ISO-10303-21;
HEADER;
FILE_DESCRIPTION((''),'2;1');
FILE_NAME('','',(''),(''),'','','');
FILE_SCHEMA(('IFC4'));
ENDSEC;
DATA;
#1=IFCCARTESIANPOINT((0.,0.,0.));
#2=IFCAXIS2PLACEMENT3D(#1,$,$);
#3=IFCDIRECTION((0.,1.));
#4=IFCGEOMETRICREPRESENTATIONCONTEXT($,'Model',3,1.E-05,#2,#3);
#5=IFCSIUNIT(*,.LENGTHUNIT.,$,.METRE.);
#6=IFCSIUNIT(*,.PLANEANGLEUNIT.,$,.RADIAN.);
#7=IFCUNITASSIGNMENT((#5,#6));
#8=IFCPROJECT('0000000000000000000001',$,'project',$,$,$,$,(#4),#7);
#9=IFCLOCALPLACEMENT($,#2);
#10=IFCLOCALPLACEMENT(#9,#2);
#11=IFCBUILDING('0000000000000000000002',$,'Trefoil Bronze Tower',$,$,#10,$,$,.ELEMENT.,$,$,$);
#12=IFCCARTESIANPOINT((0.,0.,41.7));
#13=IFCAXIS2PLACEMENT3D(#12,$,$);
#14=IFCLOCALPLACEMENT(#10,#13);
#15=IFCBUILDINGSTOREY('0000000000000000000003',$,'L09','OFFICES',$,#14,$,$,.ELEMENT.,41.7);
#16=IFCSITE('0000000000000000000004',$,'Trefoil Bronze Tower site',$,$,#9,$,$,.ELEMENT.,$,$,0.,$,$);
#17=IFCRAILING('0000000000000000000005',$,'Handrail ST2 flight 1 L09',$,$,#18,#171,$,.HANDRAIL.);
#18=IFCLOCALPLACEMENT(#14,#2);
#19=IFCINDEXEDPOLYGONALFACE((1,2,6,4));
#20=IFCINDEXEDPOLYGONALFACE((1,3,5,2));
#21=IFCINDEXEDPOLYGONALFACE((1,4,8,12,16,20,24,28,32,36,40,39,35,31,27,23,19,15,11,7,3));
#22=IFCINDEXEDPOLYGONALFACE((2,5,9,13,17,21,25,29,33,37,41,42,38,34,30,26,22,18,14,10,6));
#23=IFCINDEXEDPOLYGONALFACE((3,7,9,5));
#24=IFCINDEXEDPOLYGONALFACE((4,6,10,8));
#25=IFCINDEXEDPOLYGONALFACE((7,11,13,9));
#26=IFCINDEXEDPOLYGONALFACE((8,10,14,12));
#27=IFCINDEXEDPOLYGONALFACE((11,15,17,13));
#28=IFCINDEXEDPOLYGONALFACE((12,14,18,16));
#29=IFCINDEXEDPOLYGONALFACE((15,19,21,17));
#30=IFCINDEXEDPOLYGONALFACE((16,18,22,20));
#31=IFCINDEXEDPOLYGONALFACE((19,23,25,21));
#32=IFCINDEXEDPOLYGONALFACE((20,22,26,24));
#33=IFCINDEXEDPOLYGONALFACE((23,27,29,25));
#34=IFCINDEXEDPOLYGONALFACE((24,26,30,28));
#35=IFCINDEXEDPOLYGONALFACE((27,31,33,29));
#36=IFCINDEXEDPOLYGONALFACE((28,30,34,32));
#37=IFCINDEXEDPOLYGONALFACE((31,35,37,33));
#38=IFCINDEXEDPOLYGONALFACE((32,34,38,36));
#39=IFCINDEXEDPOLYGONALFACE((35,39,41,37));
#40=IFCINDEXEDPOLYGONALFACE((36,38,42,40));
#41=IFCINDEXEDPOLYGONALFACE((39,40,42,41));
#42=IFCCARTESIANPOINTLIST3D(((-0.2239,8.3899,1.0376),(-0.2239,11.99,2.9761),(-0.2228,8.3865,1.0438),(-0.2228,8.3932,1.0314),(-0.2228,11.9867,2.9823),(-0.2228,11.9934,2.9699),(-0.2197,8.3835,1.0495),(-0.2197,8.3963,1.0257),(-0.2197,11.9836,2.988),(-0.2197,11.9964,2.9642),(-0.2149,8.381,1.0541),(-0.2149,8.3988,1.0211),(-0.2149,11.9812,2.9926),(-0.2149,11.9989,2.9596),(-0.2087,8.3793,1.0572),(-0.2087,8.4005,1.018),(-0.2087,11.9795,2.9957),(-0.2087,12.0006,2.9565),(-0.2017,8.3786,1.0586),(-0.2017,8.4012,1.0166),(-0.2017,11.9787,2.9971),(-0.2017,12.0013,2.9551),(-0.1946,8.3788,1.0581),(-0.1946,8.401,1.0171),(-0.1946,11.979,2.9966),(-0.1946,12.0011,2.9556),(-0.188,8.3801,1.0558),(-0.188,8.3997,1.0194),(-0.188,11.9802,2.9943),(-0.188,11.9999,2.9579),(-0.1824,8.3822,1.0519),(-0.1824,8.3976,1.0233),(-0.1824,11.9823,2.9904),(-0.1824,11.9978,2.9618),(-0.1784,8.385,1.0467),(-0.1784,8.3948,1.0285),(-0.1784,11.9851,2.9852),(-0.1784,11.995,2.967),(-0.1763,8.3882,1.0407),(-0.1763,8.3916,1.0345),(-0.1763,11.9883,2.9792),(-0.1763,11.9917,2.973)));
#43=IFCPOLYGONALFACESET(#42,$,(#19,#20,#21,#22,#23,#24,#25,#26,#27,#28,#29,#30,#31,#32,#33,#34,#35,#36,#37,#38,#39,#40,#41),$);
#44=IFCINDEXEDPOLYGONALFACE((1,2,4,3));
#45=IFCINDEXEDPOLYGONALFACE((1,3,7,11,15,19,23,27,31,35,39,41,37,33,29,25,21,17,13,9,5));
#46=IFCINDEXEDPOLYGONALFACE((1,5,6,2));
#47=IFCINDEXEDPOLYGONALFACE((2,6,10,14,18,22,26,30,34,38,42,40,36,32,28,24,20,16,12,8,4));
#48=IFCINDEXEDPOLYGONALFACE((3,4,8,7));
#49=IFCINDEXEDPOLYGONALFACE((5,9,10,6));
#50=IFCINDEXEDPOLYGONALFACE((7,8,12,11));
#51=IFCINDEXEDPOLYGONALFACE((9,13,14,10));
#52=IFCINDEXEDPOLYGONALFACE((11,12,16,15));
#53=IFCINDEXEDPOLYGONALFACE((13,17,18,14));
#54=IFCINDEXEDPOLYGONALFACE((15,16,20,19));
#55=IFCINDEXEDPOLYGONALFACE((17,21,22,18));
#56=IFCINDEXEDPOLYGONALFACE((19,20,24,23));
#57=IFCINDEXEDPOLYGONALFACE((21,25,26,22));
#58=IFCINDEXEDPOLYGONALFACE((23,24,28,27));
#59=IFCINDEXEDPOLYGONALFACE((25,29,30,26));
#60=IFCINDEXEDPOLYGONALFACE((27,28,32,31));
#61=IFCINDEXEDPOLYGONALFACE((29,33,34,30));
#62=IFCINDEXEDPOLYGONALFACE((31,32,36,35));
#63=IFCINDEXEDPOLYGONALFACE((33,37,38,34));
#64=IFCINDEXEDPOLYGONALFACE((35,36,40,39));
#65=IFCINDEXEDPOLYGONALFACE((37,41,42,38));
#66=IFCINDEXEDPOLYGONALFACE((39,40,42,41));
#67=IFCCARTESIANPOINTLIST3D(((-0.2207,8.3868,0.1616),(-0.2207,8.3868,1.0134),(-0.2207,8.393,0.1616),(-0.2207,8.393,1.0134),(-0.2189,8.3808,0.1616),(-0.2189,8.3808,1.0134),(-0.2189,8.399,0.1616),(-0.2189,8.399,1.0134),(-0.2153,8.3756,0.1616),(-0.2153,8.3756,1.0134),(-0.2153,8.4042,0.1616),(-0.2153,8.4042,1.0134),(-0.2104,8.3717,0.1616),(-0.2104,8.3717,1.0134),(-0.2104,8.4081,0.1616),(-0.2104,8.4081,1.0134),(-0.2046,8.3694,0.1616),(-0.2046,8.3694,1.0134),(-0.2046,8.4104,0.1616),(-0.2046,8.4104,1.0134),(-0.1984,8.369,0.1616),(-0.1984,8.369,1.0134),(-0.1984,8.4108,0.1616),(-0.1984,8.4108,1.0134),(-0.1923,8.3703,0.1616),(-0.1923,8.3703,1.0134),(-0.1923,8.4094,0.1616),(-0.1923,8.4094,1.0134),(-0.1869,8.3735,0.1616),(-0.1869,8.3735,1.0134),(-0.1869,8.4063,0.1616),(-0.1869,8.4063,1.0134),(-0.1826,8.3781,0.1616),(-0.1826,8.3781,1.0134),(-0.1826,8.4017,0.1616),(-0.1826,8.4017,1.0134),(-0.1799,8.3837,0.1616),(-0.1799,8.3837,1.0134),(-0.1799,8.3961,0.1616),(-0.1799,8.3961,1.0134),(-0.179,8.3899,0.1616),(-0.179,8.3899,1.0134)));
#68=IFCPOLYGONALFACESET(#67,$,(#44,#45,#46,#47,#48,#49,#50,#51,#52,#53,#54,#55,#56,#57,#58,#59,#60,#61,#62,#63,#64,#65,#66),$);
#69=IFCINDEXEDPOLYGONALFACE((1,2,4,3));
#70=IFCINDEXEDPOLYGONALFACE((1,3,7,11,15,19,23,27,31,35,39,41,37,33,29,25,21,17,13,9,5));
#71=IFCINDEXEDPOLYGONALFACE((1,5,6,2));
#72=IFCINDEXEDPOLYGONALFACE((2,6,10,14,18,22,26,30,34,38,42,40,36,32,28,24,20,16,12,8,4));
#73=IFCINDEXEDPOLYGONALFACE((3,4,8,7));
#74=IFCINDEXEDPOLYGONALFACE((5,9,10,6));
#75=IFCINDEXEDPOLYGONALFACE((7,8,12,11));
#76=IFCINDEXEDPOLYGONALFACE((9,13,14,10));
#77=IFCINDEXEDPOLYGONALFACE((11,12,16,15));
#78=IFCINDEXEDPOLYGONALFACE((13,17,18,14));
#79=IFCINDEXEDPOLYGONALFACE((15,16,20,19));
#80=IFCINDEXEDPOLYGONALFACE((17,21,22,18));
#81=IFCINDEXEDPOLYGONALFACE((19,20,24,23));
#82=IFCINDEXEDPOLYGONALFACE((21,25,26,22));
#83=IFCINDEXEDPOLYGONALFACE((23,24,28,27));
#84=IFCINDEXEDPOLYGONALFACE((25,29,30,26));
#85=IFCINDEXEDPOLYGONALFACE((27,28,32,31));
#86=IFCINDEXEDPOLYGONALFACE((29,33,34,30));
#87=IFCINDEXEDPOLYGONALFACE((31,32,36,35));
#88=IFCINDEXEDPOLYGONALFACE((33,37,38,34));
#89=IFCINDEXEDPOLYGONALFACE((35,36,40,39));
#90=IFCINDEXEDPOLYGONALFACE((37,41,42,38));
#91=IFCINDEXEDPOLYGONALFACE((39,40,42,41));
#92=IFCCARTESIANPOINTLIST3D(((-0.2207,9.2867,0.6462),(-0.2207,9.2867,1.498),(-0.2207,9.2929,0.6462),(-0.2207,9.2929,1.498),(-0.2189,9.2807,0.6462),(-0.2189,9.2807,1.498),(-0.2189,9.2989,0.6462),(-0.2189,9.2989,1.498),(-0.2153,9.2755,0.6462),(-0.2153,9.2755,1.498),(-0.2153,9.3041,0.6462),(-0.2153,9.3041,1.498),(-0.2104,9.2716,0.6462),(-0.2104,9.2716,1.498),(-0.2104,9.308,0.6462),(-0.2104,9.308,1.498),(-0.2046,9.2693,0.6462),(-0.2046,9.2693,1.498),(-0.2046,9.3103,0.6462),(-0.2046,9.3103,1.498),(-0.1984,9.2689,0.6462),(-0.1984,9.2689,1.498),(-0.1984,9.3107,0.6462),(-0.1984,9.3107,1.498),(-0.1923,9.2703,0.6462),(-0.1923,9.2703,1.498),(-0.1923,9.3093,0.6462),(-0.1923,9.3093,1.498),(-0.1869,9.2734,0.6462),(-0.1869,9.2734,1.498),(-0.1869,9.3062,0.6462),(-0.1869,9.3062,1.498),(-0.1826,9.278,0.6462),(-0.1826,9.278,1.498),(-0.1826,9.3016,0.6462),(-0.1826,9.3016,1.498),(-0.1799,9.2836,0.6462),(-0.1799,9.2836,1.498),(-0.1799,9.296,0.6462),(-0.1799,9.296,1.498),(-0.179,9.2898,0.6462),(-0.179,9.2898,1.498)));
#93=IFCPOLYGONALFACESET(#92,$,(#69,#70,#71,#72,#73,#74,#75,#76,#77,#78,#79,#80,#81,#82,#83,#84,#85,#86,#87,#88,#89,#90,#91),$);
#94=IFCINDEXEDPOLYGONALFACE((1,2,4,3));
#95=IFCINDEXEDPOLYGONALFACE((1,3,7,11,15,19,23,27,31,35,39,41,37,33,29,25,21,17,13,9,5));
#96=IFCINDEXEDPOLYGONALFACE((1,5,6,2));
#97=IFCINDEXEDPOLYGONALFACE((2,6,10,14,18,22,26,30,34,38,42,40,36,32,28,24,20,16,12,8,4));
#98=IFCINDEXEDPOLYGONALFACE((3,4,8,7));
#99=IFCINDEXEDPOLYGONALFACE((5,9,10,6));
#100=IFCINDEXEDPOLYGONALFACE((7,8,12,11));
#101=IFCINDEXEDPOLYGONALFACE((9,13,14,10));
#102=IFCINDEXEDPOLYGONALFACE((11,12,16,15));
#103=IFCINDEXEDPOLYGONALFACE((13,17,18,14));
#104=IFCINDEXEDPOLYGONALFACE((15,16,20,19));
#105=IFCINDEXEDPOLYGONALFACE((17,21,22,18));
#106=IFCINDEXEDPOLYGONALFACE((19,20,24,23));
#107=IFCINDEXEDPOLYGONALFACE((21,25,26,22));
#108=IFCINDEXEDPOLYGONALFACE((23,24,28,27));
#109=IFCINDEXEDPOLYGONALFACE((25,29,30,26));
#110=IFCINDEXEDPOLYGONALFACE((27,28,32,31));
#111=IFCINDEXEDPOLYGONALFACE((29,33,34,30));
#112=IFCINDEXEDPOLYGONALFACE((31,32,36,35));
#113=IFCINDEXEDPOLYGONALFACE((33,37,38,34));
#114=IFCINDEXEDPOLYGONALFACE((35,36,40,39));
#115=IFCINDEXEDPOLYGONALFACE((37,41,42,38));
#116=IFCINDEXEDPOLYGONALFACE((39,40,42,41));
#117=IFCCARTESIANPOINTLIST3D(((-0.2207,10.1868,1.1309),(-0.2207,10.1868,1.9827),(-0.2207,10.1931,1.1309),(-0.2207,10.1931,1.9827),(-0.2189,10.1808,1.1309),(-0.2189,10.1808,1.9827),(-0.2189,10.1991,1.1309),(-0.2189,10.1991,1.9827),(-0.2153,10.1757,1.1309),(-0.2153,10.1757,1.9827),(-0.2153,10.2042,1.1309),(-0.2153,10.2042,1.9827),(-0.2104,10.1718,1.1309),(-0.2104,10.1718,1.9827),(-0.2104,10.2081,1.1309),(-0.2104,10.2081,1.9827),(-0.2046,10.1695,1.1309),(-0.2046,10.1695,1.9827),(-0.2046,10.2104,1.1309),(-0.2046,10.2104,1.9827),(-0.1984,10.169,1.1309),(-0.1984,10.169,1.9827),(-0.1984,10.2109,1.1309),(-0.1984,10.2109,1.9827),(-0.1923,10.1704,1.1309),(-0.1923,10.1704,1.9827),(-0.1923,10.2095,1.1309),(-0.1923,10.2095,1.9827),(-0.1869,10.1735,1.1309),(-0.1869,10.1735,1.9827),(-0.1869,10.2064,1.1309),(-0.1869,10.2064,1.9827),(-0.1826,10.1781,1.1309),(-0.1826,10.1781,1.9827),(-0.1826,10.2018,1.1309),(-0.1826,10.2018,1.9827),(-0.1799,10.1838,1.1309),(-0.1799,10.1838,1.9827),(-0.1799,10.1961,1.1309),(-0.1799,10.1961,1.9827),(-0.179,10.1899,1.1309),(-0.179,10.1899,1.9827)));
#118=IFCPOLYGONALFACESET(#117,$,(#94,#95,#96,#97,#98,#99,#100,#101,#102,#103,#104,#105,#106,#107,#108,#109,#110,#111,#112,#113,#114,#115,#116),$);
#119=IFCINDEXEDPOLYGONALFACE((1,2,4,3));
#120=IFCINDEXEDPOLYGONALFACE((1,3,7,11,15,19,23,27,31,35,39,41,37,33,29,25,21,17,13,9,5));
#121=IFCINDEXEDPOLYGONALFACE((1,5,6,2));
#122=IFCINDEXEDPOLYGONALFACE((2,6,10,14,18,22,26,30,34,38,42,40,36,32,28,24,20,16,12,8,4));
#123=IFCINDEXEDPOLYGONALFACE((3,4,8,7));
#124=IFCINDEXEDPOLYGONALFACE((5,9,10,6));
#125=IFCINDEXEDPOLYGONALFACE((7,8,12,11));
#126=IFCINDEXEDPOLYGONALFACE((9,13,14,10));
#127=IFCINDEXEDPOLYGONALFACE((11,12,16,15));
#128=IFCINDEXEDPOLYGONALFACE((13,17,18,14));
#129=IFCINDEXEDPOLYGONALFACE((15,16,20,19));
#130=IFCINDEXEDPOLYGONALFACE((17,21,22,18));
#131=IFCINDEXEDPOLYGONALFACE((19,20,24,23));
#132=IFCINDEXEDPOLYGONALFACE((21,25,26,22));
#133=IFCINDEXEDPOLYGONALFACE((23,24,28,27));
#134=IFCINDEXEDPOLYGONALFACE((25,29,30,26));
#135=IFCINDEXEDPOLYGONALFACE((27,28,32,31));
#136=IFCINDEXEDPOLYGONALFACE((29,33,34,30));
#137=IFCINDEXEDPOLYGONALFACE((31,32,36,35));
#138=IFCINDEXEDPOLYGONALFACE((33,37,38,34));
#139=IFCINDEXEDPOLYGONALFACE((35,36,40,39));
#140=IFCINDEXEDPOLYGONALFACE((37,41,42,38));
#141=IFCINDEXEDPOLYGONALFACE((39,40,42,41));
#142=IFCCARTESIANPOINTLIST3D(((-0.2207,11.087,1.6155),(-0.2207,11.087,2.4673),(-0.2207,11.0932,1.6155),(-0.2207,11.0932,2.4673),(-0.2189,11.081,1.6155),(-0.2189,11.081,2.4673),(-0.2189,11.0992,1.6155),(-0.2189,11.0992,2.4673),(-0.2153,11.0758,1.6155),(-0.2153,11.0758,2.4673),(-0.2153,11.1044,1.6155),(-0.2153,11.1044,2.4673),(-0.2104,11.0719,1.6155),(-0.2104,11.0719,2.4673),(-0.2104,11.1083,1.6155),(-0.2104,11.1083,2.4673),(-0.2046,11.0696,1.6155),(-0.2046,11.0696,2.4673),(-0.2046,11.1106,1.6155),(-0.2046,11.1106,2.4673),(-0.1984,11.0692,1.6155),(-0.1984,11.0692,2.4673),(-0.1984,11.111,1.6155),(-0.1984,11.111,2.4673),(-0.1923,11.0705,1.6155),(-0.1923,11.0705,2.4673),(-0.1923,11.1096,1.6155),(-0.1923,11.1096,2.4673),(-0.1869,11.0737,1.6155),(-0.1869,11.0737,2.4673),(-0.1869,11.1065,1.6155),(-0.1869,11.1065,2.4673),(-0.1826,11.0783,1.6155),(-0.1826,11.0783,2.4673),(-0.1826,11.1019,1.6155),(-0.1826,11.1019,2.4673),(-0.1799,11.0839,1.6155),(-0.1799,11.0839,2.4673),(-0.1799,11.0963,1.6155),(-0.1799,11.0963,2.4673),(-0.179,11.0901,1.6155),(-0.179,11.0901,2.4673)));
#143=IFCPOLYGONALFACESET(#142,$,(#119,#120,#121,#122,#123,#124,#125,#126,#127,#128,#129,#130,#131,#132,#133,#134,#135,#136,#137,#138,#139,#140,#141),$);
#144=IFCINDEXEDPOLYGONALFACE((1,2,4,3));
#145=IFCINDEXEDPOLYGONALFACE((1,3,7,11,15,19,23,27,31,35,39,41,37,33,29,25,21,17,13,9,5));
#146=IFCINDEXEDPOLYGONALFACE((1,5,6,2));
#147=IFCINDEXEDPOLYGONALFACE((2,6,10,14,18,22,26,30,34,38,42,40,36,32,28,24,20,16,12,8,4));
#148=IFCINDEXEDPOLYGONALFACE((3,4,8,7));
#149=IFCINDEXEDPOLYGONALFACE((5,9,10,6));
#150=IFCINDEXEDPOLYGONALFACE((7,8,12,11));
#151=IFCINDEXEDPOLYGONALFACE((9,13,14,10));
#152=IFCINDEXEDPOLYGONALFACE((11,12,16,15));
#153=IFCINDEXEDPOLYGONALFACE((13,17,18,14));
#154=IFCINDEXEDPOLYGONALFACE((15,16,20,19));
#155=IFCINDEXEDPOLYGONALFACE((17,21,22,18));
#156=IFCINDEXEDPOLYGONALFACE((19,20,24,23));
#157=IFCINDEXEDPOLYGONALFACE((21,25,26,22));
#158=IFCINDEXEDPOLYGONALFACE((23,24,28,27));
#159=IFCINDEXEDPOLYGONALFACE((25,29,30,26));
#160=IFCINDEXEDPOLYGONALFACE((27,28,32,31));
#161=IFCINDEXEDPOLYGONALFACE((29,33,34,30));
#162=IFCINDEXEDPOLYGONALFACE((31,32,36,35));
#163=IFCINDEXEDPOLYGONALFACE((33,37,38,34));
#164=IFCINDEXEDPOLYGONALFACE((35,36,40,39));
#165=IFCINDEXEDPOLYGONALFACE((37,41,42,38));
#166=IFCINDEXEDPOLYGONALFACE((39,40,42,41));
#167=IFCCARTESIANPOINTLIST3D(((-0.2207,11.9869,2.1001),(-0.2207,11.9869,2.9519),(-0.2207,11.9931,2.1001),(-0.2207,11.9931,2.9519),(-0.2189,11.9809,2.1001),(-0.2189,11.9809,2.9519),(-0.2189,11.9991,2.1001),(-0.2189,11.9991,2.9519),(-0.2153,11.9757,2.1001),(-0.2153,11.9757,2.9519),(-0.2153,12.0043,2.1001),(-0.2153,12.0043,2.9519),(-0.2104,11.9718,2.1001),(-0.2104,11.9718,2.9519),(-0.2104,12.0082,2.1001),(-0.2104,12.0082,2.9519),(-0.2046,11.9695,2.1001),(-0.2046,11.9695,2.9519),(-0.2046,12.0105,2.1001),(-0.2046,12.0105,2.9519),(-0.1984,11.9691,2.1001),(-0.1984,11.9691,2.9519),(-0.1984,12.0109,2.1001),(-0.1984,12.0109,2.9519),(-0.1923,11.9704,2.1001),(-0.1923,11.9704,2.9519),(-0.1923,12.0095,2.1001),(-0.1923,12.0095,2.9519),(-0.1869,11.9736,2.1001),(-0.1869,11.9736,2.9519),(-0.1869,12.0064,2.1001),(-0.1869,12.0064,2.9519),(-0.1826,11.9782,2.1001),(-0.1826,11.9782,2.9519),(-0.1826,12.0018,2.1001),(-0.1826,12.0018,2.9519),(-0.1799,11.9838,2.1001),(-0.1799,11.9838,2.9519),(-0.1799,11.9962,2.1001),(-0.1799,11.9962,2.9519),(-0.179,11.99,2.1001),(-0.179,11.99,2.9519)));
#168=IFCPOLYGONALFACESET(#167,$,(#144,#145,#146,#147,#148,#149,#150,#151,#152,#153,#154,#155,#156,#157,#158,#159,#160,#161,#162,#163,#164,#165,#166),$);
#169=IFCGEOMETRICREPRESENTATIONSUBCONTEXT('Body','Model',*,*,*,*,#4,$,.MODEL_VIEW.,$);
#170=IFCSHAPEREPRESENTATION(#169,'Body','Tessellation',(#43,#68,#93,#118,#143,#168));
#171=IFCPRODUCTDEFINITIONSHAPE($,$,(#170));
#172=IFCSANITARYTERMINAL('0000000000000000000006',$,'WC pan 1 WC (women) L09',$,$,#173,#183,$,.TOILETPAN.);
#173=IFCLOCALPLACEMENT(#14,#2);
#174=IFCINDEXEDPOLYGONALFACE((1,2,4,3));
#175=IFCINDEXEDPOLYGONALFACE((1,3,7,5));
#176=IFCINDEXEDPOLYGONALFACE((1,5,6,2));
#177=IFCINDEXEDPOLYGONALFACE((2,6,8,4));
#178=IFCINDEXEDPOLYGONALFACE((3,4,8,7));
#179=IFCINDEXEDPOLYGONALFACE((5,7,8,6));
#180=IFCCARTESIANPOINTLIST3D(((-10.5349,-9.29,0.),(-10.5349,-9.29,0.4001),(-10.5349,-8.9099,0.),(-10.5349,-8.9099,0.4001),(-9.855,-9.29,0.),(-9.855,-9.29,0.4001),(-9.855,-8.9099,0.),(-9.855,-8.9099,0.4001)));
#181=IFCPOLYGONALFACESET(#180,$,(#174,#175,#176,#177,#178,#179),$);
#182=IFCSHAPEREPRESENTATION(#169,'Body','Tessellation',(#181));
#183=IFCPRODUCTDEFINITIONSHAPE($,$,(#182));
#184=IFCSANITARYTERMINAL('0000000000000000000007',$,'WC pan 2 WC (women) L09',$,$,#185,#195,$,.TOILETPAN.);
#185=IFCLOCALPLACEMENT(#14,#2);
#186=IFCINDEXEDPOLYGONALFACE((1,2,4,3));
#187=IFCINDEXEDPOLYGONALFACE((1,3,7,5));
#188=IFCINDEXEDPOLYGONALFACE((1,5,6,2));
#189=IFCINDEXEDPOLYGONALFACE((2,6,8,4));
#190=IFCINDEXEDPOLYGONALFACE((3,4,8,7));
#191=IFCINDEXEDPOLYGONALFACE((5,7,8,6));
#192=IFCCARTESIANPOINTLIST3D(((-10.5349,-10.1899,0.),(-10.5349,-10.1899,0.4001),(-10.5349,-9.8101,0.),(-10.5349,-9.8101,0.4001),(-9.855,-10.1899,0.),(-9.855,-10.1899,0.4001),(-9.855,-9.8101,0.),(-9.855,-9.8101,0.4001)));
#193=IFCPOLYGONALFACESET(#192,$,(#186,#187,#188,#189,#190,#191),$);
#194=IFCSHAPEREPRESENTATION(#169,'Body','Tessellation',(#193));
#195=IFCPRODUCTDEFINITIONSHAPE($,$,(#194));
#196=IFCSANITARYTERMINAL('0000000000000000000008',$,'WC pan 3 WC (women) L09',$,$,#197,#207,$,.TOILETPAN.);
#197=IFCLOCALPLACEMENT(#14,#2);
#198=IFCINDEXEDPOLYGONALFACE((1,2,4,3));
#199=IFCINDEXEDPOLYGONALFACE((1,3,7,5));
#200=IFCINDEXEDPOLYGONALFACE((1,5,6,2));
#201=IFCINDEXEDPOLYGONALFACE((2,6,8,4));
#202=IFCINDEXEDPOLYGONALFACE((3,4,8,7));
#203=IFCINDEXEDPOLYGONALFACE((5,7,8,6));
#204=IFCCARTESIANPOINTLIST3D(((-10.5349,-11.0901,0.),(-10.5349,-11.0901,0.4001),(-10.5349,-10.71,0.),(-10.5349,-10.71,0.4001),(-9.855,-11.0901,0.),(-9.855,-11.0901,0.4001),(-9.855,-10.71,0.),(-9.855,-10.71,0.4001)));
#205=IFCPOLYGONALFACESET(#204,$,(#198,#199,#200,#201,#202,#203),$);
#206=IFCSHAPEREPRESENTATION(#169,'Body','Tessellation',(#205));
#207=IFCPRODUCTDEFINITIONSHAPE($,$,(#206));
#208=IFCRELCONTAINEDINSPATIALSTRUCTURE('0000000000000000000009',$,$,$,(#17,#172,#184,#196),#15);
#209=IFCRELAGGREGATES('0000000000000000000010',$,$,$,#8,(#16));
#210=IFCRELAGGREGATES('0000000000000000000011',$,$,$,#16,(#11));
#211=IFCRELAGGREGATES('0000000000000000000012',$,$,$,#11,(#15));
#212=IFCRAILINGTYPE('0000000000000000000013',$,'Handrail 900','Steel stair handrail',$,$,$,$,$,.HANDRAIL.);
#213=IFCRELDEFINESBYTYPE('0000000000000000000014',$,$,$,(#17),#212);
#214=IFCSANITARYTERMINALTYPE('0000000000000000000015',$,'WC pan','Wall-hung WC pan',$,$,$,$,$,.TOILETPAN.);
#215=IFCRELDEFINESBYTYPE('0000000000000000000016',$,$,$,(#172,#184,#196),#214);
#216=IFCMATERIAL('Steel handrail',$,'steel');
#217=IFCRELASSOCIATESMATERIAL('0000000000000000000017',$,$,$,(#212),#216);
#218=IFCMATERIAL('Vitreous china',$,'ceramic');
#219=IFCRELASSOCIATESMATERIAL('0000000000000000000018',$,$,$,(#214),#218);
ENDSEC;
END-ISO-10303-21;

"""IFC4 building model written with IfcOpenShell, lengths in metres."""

from ifc_helpers import new_model, si_unit, direction, frame, origin, origin_2d, place, context, subcontext, project, spatial, polyline, circle, outline, extrude, material, type_object, element, save


model = new_model("IFC4")

# Units and contexts
model_context = context("Model", 3, precision=1e-05, world=origin(), true_north=direction((0.0, 1.0)))
body_context = subcontext(model_context, "Body", "Model", "MODEL_VIEW")
ifc_project = project(units=[si_unit("LENGTHUNIT", "METRE"), si_unit("PLANEANGLEUNIT", "RADIAN")], contexts=[model_context])

# Site, building, storey
site_placement = place(None, origin())
site = spatial("IfcSite", under=ifc_project, at=site_placement, Name="Trefoil Bronze Tower site", CompositionType="ELEMENT", RefElevation=0.0)
building_placement = place(site_placement, origin())
building = spatial("IfcBuilding", under=site, at=building_placement, Name="Trefoil Bronze Tower", CompositionType="ELEMENT")
storey_placement = place(building_placement, frame((0.0, 0.0, 41.7)))
storey = spatial("IfcBuildingStorey", under=building, at=storey_placement, Name="L09", Description="OFFICES", CompositionType="ELEMENT", Elevation=41.7)

# Railing
ifc_material_1 = material(Name="Steel handrail", Category="steel")
railing_type = type_object("IfcRailingType", Name="Handrail 900", Description="Steel stair handrail", PredefinedType="HANDRAIL", material=ifc_material_1)
railing_placement = place(storey_placement, frame((-0.2, 8.3899, 0.1616)))
element("IfcRailing", 1, at=railing_placement, inside=storey, type_object=railing_type, Name="Handrail ST2 flight 1 L09", PredefinedType="HANDRAIL", context=body_context, shape_type="SweptSolid", body=[
    extrude(circle(Radius=0.0239, at=origin_2d()), frame((0.0, 0.0, 0.876), z_axis=(0.0, 0.880475, 0.474093), x_axis=(-1.0, 0.0, 0.0)), (0.0, 0.0, 1.0), 4.0889),
    extrude(circle(Radius=0.021, at=origin_2d()), origin(), (0.0, 0.0, 1.0), 0.8518),
    extrude(circle(Radius=0.021, at=origin_2d()), frame((0.0, 0.8999, 0.4846)), (0.0, 0.0, 1.0), 0.8518),
    extrude(circle(Radius=0.021, at=origin_2d()), frame((0.0, 1.8, 0.9692)), (0.0, 0.0, 1.0), 0.8518),
    extrude(circle(Radius=0.021, at=origin_2d()), frame((0.0, 2.7002, 1.4539)), (0.0, 0.0, 1.0), 0.8518),
    extrude(circle(Radius=0.021, at=origin_2d()), frame((0.0, 3.6001, 1.9385)), (0.0, 0.0, 1.0), 0.8518),
])

# Sanitary terminals
ifc_material_2 = material(Name="Vitreous china", Category="ceramic")
sanitary_terminal_type = type_object("IfcSanitaryTerminalType", Name="WC pan", Description="Wall-hung WC pan", PredefinedType="TOILETPAN", material=ifc_material_2)
sanitary_terminal_1_placement = place(storey_placement, origin())
element("IfcSanitaryTerminal", 2, at=sanitary_terminal_1_placement, inside=storey, type_object=sanitary_terminal_type, Name="WC pan 1 WC (women) L09", PredefinedType="TOILETPAN", context=body_context, shape_type="SweptSolid", body=[
    extrude(outline(polyline([(-9.855, -8.9099), (-10.5349, -8.9099), (-10.5349, -9.29), (-9.855, -9.29), (-9.855, -8.9099)])), origin(), (0.0, 0.0, 1.0), 0.4001),
])
sanitary_terminal_2_placement = place(storey_placement, origin())
element("IfcSanitaryTerminal", 3, at=sanitary_terminal_2_placement, inside=storey, type_object=sanitary_terminal_type, Name="WC pan 2 WC (women) L09", PredefinedType="TOILETPAN", context=body_context, shape_type="SweptSolid", body=[
    extrude(outline(polyline([(-9.855, -9.8101), (-10.5349, -9.8101), (-10.5349, -10.1899), (-9.855, -10.1899), (-9.855, -9.8101)])), origin(), (0.0, 0.0, 1.0), 0.4001),
])
sanitary_terminal_3_placement = place(storey_placement, origin())
element("IfcSanitaryTerminal", 4, at=sanitary_terminal_3_placement, inside=storey, type_object=sanitary_terminal_type, Name="WC pan 3 WC (women) L09", PredefinedType="TOILETPAN", context=body_context, shape_type="SweptSolid", body=[
    extrude(outline(polyline([(-9.855, -10.71), (-10.5349, -10.71), (-10.5349, -11.0901), (-9.855, -11.0901), (-9.855, -10.71)])), origin(), (0.0, 0.0, 1.0), 0.4001),
])

save(model, "model.ifc")
